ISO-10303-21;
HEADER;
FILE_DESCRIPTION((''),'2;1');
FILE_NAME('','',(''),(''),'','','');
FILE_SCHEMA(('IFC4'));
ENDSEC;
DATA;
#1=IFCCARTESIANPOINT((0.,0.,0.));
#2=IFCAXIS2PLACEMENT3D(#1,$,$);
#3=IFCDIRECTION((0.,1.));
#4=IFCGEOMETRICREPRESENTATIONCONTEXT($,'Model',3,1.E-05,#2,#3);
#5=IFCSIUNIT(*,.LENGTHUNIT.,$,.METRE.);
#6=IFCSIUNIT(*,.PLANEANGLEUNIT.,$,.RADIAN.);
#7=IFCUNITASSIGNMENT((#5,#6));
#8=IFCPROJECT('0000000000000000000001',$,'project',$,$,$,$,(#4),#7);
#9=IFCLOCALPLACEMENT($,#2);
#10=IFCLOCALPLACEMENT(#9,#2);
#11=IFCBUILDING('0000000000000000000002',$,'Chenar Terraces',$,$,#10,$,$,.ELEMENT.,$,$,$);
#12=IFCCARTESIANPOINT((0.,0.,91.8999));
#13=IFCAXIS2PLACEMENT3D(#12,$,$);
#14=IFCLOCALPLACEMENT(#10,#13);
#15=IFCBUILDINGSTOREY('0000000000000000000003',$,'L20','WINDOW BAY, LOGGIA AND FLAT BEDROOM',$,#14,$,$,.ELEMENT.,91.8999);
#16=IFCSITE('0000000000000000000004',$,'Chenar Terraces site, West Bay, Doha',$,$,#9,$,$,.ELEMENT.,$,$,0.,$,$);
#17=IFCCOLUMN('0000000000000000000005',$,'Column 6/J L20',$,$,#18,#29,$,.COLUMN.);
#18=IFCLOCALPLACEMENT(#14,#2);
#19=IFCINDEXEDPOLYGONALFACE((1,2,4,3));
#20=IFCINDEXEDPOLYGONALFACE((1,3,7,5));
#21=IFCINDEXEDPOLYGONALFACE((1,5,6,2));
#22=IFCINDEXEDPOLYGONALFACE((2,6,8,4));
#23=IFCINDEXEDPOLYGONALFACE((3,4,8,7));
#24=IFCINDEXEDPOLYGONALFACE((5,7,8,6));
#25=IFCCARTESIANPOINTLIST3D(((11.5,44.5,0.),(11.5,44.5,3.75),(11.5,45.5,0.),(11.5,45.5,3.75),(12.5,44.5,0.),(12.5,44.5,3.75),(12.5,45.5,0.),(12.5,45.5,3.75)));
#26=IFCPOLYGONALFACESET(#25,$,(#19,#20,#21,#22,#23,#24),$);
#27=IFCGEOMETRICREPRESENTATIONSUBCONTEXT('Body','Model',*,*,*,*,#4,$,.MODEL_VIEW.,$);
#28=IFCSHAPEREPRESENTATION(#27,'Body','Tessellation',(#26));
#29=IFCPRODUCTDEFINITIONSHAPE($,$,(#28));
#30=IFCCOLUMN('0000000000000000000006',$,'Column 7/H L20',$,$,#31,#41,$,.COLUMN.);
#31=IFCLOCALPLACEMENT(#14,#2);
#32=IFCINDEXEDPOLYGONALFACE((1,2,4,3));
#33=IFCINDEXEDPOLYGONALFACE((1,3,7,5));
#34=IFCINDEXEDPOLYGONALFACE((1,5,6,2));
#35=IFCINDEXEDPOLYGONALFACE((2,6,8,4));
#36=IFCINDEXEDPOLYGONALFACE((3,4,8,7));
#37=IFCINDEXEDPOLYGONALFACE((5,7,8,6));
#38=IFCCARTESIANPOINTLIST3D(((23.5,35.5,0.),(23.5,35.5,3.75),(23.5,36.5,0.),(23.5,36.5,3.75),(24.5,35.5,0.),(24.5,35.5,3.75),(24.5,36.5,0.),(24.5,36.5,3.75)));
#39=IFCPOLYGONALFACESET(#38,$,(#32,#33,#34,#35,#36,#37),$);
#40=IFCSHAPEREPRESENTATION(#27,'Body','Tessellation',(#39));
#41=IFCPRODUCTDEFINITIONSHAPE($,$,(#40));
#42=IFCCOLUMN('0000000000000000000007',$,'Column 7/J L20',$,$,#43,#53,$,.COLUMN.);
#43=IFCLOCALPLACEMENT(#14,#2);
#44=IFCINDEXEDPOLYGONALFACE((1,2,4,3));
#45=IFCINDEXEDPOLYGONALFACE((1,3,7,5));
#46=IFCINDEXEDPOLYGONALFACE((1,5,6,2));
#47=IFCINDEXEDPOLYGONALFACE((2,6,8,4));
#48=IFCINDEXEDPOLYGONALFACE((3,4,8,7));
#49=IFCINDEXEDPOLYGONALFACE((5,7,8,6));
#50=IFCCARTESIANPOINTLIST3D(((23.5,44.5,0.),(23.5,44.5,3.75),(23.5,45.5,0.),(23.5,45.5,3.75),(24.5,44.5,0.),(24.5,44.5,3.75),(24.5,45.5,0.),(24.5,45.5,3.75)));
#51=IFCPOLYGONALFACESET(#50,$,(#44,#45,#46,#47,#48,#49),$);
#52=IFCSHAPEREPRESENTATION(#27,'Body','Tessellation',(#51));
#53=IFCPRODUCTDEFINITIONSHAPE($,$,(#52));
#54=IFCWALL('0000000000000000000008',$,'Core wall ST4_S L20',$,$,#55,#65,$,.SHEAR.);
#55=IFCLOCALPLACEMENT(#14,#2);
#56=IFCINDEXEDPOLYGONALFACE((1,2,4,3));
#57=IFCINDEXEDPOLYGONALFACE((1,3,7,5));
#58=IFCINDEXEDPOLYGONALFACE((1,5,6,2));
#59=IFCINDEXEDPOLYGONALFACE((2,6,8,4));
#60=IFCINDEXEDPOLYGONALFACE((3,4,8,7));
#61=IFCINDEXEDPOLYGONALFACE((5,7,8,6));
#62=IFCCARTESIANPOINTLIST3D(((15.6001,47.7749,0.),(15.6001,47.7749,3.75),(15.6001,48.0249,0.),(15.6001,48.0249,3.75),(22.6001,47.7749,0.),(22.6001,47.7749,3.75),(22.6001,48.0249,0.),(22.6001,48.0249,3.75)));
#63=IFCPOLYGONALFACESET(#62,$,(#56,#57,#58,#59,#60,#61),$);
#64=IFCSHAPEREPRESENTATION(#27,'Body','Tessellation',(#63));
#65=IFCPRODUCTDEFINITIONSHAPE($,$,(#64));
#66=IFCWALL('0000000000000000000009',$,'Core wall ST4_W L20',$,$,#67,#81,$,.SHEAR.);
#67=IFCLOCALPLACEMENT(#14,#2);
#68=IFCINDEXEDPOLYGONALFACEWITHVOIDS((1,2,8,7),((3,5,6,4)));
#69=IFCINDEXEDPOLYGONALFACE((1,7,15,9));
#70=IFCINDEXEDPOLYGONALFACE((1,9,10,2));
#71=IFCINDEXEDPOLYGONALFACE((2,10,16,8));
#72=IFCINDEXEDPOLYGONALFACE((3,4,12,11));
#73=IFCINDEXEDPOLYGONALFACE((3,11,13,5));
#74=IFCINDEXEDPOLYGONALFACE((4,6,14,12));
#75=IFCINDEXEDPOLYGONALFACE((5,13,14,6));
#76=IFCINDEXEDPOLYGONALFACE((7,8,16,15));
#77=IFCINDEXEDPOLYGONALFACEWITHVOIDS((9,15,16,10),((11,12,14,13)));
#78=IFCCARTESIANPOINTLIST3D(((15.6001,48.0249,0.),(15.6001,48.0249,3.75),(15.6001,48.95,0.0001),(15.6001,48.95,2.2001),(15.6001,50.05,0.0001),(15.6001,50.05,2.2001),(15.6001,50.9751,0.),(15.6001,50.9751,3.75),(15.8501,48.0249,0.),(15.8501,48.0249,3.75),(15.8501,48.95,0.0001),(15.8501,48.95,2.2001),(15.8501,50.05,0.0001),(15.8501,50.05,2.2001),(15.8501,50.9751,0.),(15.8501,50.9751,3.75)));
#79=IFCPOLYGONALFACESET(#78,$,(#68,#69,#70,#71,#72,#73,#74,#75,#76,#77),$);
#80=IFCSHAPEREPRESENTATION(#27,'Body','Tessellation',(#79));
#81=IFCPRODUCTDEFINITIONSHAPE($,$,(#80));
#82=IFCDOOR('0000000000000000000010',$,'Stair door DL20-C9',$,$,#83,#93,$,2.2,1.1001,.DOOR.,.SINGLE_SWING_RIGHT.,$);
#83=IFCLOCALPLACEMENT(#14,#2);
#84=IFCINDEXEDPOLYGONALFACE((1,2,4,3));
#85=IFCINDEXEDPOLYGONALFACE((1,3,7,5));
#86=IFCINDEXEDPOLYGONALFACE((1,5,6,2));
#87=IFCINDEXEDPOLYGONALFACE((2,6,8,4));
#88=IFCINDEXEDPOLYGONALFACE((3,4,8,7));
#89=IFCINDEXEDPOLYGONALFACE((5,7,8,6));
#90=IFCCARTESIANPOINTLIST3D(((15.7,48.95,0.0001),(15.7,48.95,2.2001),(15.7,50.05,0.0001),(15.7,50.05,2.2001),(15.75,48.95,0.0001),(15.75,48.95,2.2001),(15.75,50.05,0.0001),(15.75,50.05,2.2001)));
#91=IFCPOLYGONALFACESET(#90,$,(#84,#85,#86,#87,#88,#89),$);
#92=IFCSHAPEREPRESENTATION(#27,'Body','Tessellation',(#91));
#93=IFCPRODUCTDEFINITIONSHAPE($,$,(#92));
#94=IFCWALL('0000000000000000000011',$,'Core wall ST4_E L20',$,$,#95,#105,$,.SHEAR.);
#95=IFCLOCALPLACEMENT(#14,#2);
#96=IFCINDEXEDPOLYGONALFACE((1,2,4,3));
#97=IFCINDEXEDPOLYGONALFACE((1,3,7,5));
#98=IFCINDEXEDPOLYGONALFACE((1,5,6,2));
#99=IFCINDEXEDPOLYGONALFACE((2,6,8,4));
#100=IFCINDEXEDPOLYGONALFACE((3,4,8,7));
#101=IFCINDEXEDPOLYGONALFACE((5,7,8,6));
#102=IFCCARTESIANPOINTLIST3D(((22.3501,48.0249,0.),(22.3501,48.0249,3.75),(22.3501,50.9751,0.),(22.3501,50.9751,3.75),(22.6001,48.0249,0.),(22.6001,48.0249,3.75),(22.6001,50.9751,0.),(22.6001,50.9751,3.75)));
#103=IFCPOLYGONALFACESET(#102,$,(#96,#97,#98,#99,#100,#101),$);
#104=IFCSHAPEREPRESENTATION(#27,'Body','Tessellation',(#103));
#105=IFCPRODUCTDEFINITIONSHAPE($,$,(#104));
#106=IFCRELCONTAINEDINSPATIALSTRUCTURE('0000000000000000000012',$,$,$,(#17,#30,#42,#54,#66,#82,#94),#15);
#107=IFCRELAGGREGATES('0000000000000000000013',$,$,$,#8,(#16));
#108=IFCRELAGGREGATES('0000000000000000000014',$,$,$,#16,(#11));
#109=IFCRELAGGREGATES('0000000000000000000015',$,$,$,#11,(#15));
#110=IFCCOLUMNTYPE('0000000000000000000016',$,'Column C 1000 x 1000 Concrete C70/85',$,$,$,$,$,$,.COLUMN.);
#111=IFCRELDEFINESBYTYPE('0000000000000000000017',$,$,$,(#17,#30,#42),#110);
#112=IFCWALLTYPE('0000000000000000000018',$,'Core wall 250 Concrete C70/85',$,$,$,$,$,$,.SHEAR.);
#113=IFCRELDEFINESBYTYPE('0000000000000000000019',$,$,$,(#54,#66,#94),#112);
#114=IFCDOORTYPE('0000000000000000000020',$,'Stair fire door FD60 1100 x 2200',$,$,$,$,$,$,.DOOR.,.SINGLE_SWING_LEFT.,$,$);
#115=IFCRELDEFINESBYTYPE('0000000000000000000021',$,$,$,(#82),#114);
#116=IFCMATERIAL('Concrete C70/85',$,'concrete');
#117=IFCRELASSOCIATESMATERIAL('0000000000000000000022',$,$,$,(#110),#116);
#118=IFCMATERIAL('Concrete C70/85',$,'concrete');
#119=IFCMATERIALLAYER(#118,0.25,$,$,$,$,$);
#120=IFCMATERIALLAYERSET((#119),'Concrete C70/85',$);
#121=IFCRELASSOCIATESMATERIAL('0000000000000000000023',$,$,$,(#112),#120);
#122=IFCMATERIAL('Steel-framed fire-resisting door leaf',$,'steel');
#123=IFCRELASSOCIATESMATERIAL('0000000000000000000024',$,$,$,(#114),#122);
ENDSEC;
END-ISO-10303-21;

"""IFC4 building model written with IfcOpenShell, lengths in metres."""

from ifc_helpers import new_model, si_unit, direction, frame, frame_2d, origin, origin_2d, place, context, subcontext, project, spatial, rectangle, extrude, material, layer, layer_set, material_profile, profile_set, type_object, element, fill, save


model = new_model("IFC4")

# Units and contexts
model_context = context("Model", 3, precision=1e-05, world=origin(), true_north=direction((0.0, 1.0)))
body_context = subcontext(model_context, "Body", "Model", "MODEL_VIEW")
ifc_project = project(units=[si_unit("LENGTHUNIT", "METRE"), si_unit("PLANEANGLEUNIT", "RADIAN")], contexts=[model_context])

# Site, building, storey
site_placement = place(None, origin())
site = spatial("IfcSite", under=ifc_project, at=site_placement, Name="Chenar Terraces site, West Bay, Doha", CompositionType="ELEMENT", RefElevation=0.0)
building_placement = place(site_placement, origin())
building = spatial("IfcBuilding", under=site, at=building_placement, Name="Chenar Terraces", CompositionType="ELEMENT")
storey_placement = place(building_placement, frame((0.0, 0.0, 91.8999)))
storey = spatial("IfcBuildingStorey", under=building, at=storey_placement, Name="L20", Description="WINDOW BAY, LOGGIA AND FLAT BEDROOM", CompositionType="ELEMENT", Elevation=91.8999)

# Columns
ifc_material_1 = material(Name="Concrete C70/85", Category="concrete")
ifc_material_profile = material_profile(ifc_material_1, rectangle(XDim=1.0, YDim=1.0, at=origin_2d()), Name="C 1000 x 1000")
ifc_profile_set = profile_set([ifc_material_profile], Name="Concrete C70/85")
column_type = type_object("IfcColumnType", Name="Column C 1000 x 1000 Concrete C70/85", PredefinedType="COLUMN", material=ifc_profile_set)
for number, where, z_axis, x_axis, name in (
    (1, (12.0, 45.0, 0.0), (0.0, 0.0, 1.0), (1.0, 0.0, 0.0), "Column 6/J L20"),
    (2, (24.0, 36.0, 0.0), (0.0, 0.0, 1.0), (1.0, 0.0, 0.0), "Column 7/H L20"),
    (3, (24.0, 45.0, 0.0), (0.0, 0.0, 1.0), (1.0, 0.0, 0.0), "Column 7/J L20"),
):
    element("IfcColumn", number, at=place(storey_placement, frame(where, z_axis=z_axis, x_axis=x_axis)), inside=storey, type_object=column_type, Name=name, PredefinedType="COLUMN", context=body_context, shape_type="SweptSolid", body=[
        extrude(rectangle(XDim=1.0, YDim=1.0, at=origin_2d()), origin(), (0.0, 0.0, 1.0), 3.75),
    ])

# Wall
ifc_material_2 = material(Name="Concrete C70/85", Category="concrete")
ifc_layer_1 = layer(ifc_material_2, 0.25)
ifc_layer_set_1 = layer_set([ifc_layer_1], Name="Concrete C70/85")
wall_type_1 = type_object("IfcWallType", Name="Core wall 250 Concrete C70/85", PredefinedType="SHEAR", material=ifc_layer_set_1)
wall_1_placement = place(storey_placement, frame((15.6001, 47.8999, 0.0), z_axis=(0.0, 0.0, 1.0), x_axis=(1.0, 0.0, 0.0)))
element("IfcWall", 4, at=wall_1_placement, inside=storey, type_object=wall_type_1, Name="Core wall ST4_S L20", PredefinedType="SHEAR", context=body_context, shape_type="SweptSolid", body=[
    extrude(rectangle(XDim=7.0, YDim=0.25, at=frame_2d((3.5, 0.0))), origin(), (0.0, 0.0, 1.0), 3.75),
])

# Wall, opening, door
wall_2_placement = place(storey_placement, frame((15.7251, 48.0249, 0.0), z_axis=(0.0, 0.0, 1.0), x_axis=(0.0, 1.0, 0.0)))
wall_2 = element("IfcWall", 5, at=wall_2_placement, inside=storey, type_object=wall_type_1, Name="Core wall ST4_W L20", PredefinedType="SHEAR", context=body_context, shape_type="SweptSolid", body=[
    extrude(rectangle(XDim=2.9502, YDim=0.25, at=frame_2d((1.4751, 0.0))), origin(), (0.0, 0.0, 1.0), 3.75),
])
opening_1_placement = place(wall_2_placement, frame((0.925, 0.0, 0.0)))
opening_1 = element("IfcOpeningElement", 6, at=opening_1_placement, cuts=wall_2, PredefinedType="OPENING", context=body_context, shape_type="SweptSolid", body=[
    extrude(rectangle(XDim=1.1001, YDim=2.2, at=frame_2d((0.55, 1.1001))), frame((0.0, 0.135, 0.0), z_axis=(0.0, -1.0, 0.0), x_axis=(1.0, 0.0, 0.0)), (0.0, 0.0, 1.0), 0.27),
])
ifc_material_3 = material(Name="Steel-framed fire-resisting door leaf", Category="steel")
door_type_1 = type_object("IfcDoorType", Name="Stair fire door FD60 1100 x 2200", OperationType="SINGLE_SWING_LEFT", PredefinedType="DOOR", material=ifc_material_3)
door_1_placement = place(opening_1_placement, frame((1.1001, 0.0, 0.0), z_axis=(0.0, 0.0, 1.0), x_axis=(-1.0, 0.0, 0.0)))
door_1 = element("IfcDoor", 7, at=door_1_placement, inside=storey, type_object=door_type_1, Name="Stair door DL20-C9", OperationType="SINGLE_SWING_RIGHT", OverallHeight=2.2, OverallWidth=1.1001, PredefinedType="DOOR", context=body_context, shape_type="SweptSolid", body=[
    extrude(rectangle(XDim=1.1001, YDim=2.2, at=frame_2d((0.55, 1.1001))), frame((0.0, 0.0249, 0.0), z_axis=(0.0, -1.0, 0.0), x_axis=(1.0, 0.0, 0.0)), (0.0, 0.0, 1.0), 0.05),
])
fill(opening_1, door_1)

# Wall
wall_3_placement = place(storey_placement, frame((22.4751, 48.0249, 0.0), z_axis=(0.0, 0.0, 1.0), x_axis=(0.0, 1.0, 0.0)))
element("IfcWall", 8, at=wall_3_placement, inside=storey, type_object=wall_type_1, Name="Core wall ST4_E L20", PredefinedType="SHEAR", context=body_context, shape_type="SweptSolid", body=[
    extrude(rectangle(XDim=2.9502, YDim=0.25, at=frame_2d((1.4751, 0.0))), origin(), (0.0, 0.0, 1.0), 3.75),
])

save(model, "model.ifc")
